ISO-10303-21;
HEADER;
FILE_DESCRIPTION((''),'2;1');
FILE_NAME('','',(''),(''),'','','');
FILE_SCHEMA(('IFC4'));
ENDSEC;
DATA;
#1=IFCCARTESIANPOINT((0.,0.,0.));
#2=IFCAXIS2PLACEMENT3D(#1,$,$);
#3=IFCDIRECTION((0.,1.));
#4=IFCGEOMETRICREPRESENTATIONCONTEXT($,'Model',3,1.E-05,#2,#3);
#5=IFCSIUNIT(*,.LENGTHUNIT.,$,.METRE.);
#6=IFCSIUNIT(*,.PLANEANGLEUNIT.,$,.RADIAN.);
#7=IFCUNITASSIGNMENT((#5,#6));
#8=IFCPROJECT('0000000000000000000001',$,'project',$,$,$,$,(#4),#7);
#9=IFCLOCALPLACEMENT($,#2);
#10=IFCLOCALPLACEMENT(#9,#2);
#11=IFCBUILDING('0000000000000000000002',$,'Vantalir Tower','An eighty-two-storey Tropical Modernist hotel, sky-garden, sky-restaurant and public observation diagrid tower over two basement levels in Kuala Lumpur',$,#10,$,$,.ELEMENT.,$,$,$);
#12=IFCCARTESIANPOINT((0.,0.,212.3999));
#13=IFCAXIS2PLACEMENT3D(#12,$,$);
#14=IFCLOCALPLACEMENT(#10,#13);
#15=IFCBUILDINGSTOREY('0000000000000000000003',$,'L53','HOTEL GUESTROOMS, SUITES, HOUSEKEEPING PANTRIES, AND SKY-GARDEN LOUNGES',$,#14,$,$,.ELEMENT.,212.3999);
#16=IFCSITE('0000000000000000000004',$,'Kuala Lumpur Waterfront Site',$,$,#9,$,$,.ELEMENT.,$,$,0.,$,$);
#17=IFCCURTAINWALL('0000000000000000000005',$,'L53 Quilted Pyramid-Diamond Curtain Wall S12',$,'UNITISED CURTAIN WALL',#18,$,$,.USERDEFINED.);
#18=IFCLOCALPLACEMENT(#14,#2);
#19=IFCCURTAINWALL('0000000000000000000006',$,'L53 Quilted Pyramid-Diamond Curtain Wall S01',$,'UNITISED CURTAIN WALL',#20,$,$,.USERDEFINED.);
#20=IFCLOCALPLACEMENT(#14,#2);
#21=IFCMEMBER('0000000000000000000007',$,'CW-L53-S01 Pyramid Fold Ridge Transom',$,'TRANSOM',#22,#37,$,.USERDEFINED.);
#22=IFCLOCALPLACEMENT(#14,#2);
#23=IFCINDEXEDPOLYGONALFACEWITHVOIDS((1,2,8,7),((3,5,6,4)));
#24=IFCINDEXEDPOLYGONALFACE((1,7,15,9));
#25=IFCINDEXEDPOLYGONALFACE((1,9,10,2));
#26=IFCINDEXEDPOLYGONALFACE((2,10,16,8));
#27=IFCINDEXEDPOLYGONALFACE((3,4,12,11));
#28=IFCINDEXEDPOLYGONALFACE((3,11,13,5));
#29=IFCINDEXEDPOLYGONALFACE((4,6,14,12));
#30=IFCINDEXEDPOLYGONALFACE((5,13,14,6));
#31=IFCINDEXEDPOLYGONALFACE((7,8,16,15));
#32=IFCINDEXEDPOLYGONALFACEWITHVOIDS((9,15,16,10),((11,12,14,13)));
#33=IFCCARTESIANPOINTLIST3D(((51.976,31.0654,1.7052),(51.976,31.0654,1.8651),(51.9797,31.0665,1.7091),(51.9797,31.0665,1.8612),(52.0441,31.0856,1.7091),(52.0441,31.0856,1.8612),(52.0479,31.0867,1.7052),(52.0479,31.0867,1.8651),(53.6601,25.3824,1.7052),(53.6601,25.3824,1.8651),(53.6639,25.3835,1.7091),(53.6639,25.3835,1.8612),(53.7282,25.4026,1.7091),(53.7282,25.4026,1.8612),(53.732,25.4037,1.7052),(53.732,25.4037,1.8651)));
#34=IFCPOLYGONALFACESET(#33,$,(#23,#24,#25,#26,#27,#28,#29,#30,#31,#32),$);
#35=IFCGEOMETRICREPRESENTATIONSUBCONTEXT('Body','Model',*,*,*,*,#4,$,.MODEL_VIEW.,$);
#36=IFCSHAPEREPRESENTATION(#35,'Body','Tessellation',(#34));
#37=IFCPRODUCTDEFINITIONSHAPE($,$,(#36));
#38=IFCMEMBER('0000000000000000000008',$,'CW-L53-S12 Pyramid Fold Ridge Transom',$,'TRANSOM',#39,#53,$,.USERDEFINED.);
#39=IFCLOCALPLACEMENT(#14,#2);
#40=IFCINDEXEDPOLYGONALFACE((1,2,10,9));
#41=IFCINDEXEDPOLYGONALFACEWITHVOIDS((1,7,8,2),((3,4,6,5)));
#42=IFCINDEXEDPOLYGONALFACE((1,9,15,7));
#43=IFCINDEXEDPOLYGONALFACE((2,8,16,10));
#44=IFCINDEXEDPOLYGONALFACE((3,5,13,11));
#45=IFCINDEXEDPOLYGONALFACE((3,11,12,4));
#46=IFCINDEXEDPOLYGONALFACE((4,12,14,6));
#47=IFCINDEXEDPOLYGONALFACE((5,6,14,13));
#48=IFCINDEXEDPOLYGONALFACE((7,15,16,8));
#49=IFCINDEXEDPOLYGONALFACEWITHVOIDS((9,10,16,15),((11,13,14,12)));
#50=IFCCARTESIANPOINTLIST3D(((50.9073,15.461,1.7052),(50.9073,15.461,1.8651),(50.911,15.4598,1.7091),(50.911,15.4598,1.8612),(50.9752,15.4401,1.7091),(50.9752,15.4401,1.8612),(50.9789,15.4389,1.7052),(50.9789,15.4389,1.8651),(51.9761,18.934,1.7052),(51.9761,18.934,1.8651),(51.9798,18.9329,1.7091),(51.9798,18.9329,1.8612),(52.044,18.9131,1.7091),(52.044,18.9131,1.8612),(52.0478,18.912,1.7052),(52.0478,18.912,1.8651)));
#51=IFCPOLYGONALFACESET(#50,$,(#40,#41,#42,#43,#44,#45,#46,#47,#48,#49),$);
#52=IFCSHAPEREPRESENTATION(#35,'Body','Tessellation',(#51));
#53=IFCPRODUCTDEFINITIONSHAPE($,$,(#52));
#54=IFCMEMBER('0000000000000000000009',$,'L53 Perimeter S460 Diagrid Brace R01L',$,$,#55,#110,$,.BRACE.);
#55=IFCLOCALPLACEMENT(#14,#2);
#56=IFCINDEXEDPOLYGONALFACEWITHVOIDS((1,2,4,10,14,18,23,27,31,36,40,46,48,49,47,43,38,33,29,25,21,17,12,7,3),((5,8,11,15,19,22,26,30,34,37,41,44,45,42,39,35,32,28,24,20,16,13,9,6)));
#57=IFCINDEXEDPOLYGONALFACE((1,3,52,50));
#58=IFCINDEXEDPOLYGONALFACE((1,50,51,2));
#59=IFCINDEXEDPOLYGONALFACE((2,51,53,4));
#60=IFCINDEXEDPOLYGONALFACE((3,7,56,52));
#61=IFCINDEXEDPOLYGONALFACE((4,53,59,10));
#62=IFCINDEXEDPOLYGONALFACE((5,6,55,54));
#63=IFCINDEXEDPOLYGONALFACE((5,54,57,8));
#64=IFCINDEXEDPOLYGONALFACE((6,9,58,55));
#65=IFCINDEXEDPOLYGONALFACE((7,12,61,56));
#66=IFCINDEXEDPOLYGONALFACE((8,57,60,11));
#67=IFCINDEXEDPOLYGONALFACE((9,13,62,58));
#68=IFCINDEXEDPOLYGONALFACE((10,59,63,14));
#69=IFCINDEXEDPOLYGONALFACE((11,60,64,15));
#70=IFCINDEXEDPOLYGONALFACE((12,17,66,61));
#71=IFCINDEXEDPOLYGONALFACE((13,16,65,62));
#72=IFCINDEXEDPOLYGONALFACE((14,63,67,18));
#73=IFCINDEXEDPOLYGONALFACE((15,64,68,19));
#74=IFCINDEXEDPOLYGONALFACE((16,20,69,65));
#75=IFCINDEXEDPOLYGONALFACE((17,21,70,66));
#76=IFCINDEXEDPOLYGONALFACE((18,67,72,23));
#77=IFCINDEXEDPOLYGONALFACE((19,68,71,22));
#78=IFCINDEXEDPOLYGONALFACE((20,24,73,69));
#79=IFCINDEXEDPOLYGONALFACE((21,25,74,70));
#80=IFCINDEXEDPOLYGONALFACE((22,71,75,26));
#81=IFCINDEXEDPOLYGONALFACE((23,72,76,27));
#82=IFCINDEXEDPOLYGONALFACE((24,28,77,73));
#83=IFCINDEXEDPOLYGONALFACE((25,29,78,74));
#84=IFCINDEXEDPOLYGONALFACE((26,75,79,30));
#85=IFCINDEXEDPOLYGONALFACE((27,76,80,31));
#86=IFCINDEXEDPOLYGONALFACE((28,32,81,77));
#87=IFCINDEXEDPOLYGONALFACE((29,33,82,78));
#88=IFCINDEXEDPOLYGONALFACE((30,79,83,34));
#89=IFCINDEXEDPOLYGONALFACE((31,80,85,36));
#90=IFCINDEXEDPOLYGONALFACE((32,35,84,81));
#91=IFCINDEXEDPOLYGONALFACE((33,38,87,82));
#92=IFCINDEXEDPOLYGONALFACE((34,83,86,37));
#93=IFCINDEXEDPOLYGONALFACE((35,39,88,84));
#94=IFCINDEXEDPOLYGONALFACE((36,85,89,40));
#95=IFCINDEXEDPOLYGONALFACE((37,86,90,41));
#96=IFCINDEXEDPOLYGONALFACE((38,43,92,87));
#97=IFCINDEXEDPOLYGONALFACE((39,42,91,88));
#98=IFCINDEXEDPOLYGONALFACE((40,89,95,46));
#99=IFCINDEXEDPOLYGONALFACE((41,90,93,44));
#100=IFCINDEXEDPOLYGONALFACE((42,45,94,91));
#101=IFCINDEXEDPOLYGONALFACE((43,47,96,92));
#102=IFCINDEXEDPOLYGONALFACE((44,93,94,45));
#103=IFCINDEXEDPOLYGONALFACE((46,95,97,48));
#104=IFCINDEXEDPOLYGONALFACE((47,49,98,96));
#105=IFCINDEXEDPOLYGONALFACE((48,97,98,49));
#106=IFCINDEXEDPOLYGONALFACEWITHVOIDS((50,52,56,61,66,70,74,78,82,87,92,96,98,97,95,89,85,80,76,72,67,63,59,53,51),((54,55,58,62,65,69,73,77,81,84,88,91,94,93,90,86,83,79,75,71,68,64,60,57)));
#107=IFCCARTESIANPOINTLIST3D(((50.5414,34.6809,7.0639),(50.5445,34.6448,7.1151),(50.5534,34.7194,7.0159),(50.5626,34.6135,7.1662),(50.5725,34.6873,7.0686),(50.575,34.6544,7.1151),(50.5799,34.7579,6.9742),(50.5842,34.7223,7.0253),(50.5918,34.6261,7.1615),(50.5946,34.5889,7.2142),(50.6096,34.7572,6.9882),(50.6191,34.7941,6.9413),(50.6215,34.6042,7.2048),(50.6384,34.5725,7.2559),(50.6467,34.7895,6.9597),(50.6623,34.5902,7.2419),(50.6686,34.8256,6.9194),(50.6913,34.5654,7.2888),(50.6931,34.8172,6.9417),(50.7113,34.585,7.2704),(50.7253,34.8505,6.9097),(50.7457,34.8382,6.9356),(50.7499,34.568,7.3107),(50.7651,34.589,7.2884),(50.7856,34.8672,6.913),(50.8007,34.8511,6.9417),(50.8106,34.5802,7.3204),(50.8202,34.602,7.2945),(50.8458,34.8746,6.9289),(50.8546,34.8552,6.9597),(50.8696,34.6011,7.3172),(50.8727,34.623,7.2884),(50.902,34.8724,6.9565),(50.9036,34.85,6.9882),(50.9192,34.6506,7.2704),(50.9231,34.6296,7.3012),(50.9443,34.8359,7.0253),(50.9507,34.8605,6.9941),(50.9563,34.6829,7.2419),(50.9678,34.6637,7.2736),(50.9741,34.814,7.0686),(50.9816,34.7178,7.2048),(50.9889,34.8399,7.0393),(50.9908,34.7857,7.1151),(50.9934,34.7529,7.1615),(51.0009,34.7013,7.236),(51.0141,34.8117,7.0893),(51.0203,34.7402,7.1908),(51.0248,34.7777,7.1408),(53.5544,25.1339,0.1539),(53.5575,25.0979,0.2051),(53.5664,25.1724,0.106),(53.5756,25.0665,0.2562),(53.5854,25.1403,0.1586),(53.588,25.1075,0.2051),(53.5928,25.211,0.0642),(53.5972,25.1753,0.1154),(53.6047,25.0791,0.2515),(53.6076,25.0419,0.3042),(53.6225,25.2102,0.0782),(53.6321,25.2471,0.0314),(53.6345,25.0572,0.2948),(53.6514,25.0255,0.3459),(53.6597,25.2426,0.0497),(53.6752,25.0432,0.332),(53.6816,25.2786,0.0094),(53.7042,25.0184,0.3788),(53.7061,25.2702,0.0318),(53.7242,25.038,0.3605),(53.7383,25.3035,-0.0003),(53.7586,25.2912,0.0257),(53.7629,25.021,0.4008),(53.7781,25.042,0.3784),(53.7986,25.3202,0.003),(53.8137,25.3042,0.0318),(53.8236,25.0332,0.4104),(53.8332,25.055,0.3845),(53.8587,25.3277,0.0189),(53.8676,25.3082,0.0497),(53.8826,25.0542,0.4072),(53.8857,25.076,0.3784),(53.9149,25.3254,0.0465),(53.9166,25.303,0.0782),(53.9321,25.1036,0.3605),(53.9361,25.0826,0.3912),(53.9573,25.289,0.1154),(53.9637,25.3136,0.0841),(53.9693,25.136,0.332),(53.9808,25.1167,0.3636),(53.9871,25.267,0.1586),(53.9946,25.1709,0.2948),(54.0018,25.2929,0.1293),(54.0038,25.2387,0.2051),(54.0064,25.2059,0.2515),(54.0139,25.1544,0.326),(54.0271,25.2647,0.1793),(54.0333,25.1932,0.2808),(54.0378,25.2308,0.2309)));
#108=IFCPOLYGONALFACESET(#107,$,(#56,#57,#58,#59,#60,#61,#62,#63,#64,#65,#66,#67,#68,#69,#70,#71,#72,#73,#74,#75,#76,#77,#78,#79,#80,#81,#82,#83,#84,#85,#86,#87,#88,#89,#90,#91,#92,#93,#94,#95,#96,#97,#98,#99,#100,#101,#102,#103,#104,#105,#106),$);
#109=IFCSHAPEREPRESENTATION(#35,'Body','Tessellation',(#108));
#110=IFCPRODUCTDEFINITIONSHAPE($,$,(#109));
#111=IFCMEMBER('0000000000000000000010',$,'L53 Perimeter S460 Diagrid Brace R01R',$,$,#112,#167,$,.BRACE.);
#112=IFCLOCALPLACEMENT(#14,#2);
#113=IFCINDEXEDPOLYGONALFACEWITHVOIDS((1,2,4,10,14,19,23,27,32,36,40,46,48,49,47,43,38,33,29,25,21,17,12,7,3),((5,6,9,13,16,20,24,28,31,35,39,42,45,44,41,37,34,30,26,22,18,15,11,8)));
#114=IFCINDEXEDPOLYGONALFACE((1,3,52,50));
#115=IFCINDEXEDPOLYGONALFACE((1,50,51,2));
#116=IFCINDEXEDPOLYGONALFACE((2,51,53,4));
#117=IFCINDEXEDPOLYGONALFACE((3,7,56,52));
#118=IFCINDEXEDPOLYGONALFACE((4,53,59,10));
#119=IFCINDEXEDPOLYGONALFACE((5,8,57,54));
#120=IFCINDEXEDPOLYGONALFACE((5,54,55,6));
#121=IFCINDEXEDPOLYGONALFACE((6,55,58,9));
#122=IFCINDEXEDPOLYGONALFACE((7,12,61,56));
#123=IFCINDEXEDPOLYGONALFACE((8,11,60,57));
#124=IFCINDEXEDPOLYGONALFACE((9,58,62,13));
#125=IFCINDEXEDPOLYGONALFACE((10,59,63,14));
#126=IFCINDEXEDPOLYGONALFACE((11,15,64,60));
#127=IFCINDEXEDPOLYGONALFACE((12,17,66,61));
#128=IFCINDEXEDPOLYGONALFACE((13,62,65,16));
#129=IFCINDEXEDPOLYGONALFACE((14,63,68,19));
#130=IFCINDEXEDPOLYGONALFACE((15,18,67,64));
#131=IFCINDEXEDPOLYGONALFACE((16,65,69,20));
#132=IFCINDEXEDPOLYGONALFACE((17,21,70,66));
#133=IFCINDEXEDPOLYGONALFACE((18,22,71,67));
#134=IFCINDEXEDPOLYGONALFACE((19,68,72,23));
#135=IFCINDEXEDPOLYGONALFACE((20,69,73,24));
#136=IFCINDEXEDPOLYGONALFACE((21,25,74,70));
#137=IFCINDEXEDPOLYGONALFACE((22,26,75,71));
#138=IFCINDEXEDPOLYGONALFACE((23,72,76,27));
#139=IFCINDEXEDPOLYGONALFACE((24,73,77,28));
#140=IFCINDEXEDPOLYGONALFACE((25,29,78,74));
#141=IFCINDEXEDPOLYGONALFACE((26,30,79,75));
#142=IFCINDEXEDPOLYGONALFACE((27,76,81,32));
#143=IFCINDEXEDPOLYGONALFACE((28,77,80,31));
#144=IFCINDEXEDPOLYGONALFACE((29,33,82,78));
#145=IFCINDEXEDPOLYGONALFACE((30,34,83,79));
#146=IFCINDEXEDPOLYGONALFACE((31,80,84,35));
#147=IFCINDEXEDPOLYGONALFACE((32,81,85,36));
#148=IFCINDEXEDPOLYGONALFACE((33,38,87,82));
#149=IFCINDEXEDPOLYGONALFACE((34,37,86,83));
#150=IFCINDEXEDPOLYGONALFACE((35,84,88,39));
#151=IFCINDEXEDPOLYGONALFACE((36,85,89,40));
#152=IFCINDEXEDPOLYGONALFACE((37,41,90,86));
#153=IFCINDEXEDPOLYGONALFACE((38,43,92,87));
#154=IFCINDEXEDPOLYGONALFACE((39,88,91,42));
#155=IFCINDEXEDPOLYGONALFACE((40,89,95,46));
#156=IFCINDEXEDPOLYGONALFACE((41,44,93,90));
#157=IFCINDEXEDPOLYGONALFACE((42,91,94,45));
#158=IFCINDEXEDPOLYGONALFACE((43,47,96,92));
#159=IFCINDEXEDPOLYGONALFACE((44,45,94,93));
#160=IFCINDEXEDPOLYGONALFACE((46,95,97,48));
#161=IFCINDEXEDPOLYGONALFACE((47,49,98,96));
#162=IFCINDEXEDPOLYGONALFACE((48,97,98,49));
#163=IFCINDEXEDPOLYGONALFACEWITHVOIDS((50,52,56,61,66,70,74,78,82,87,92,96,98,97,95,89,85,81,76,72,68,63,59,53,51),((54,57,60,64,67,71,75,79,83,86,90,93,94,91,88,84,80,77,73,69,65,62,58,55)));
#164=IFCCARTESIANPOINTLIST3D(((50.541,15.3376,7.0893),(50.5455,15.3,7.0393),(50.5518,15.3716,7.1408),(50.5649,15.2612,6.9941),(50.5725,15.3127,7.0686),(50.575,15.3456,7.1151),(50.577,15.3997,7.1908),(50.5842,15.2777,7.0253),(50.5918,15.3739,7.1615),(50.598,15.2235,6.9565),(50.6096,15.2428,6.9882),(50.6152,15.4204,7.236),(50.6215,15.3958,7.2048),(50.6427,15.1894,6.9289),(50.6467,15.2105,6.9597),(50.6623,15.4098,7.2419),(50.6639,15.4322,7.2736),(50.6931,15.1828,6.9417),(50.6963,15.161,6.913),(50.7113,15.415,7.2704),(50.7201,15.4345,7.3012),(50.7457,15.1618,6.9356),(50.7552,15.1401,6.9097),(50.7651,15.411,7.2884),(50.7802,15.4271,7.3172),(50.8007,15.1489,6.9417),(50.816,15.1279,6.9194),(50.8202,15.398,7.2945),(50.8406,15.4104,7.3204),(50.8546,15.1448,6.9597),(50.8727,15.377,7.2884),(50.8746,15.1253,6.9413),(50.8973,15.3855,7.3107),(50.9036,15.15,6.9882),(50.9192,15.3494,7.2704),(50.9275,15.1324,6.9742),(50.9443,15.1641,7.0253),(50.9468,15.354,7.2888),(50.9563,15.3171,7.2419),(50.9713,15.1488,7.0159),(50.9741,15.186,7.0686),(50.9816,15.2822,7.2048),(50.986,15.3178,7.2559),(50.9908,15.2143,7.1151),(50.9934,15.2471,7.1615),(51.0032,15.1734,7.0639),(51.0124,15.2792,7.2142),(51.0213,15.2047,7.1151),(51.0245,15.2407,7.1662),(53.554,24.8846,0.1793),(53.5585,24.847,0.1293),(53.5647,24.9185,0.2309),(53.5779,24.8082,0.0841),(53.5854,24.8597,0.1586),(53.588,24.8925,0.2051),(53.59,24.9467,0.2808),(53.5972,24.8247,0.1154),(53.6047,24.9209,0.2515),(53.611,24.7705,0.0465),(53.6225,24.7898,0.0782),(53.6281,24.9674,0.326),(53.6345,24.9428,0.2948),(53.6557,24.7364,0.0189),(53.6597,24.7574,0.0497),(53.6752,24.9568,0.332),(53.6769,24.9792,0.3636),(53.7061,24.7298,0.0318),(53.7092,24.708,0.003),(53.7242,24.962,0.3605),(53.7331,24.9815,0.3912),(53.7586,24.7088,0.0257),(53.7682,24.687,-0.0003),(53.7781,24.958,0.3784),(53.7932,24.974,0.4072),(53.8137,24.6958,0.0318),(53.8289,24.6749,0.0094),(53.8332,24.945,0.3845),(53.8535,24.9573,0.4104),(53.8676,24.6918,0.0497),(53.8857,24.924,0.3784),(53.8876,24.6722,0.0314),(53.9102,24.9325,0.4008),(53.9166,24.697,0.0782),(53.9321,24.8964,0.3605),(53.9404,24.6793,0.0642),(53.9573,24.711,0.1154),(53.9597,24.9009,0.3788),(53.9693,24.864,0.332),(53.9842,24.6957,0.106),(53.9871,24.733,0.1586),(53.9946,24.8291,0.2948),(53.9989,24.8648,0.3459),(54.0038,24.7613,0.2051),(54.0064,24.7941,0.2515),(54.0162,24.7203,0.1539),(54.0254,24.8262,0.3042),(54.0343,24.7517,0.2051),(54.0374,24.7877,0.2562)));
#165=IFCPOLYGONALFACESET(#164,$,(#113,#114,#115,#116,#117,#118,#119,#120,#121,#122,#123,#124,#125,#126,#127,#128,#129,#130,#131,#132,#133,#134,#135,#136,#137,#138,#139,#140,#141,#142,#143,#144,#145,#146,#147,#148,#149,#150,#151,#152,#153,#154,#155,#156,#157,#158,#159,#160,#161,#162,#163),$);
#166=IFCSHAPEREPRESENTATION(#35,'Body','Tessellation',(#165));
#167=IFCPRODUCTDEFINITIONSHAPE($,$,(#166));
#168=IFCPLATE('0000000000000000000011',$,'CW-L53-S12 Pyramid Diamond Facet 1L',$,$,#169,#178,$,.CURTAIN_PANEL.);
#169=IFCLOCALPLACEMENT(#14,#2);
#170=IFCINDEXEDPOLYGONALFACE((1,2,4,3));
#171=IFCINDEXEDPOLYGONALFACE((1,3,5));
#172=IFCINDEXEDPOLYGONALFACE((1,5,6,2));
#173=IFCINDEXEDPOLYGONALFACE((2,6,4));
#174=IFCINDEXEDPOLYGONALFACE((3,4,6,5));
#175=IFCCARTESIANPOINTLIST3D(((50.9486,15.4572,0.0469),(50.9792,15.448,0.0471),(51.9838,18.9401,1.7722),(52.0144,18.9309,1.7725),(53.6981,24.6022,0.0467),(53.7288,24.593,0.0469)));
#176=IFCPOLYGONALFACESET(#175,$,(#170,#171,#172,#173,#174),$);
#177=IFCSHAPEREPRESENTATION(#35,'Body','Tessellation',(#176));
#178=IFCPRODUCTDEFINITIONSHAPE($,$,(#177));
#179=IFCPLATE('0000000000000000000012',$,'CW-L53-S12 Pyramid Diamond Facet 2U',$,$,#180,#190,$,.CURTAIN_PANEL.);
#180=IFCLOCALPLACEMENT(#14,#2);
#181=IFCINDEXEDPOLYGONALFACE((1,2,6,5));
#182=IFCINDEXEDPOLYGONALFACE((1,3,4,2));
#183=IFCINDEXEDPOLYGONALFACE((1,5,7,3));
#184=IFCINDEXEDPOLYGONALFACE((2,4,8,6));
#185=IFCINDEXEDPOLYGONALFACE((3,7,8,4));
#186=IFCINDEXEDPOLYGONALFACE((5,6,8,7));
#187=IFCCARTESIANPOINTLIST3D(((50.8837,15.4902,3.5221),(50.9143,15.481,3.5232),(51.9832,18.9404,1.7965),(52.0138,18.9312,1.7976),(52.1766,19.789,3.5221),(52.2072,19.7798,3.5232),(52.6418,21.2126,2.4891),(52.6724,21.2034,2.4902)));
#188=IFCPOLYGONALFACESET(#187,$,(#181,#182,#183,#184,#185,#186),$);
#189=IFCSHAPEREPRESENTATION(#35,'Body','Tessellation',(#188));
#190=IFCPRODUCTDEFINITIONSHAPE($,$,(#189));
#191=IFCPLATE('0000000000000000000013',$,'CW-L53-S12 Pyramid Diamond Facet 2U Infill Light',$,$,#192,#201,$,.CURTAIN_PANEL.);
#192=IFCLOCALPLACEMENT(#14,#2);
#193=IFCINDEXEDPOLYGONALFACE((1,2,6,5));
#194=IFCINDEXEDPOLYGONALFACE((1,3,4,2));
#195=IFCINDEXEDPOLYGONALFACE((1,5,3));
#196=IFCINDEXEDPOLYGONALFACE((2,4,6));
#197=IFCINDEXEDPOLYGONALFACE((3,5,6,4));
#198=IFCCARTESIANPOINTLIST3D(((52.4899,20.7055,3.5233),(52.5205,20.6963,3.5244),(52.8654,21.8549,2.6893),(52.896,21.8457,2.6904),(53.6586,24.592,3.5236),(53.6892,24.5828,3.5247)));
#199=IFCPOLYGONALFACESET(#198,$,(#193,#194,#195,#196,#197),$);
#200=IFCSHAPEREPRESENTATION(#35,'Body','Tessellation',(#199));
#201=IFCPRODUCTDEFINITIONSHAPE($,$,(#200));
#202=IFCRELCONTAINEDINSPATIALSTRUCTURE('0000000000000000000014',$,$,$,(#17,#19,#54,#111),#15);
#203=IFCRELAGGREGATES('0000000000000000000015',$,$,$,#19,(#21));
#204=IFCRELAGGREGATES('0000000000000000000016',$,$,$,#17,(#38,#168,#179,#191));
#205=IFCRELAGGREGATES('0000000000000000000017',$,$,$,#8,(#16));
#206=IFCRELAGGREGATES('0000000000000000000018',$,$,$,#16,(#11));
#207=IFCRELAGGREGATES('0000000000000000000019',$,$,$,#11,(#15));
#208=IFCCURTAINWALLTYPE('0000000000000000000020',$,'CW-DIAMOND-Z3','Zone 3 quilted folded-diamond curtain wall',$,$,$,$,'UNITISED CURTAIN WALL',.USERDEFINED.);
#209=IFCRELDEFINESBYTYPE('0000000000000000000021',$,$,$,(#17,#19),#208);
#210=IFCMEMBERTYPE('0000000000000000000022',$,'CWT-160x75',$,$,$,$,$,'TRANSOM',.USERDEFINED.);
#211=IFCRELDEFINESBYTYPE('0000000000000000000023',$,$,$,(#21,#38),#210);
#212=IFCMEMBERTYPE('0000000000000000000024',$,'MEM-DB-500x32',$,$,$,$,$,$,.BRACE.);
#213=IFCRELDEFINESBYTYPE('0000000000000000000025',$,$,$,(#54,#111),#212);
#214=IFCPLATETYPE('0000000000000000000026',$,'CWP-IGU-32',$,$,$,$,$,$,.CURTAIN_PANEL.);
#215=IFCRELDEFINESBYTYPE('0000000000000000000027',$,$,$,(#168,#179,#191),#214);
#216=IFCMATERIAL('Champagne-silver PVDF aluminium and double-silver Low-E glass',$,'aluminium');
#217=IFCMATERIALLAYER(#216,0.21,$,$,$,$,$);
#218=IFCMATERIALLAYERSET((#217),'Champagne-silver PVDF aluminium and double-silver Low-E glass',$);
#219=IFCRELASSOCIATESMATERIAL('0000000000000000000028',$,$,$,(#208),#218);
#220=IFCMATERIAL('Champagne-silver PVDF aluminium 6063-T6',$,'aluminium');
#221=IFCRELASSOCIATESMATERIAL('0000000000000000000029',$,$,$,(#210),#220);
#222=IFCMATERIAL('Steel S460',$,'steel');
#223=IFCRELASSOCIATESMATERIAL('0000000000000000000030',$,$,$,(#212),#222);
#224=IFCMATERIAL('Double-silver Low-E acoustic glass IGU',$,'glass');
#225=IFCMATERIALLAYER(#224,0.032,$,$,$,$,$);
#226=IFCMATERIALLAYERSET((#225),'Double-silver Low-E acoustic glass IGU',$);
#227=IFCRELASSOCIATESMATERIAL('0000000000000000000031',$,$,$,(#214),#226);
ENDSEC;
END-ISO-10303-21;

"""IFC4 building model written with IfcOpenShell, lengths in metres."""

from ifc_helpers import new_model, si_unit, direction, frame, origin, origin_2d, place, context, subcontext, project, spatial, polyline, hollow_rectangle, hollow_circle, outline, extrude, material, layer, layer_set, material_profile, profile_set, type_object, element, aggregate, save


model = new_model("IFC4")

# Units and contexts
model_context = context("Model", 3, precision=1e-05, world=origin(), true_north=direction((0.0, 1.0)))
body_context = subcontext(model_context, "Body", "Model", "MODEL_VIEW")
ifc_project = project(units=[si_unit("LENGTHUNIT", "METRE"), si_unit("PLANEANGLEUNIT", "RADIAN")], contexts=[model_context])

# Site, building, storey
site_placement = place(None, origin())
site = spatial("IfcSite", under=ifc_project, at=site_placement, Name="Kuala Lumpur Waterfront Site", CompositionType="ELEMENT", RefElevation=0.0)
building_placement = place(site_placement, origin())
building = spatial("IfcBuilding", under=site, at=building_placement, Name="Vantalir Tower", Description="An eighty-two-storey Tropical Modernist hotel, sky-garden, sky-restaurant and public observation diagrid tower over two basement levels in Kuala Lumpur", CompositionType="ELEMENT")
storey_placement = place(building_placement, frame((0.0, 0.0, 212.3999)))
storey = spatial("IfcBuildingStorey", under=building, at=storey_placement, Name="L53", Description="HOTEL GUESTROOMS, SUITES, HOUSEKEEPING PANTRIES, AND SKY-GARDEN LOUNGES", CompositionType="ELEMENT", Elevation=212.3999)

# Shared definitions
ifc_material_1 = material(Name="Steel S460", Category="steel")

# Curtain wall
ifc_material_2 = material(Name="Champagne-silver PVDF aluminium and double-silver Low-E glass", Category="aluminium")
ifc_layer_1 = layer(ifc_material_2, 0.21)
ifc_layer_set_1 = layer_set([ifc_layer_1], Name="Champagne-silver PVDF aluminium and double-silver Low-E glass")
curtain_wall_type = type_object("IfcCurtainWallType", Name="CW-DIAMOND-Z3", Description="Zone 3 quilted folded-diamond curtain wall", ElementType="UNITISED CURTAIN WALL", PredefinedType="USERDEFINED", material=ifc_layer_set_1)
curtain_wall_1_placement = place(storey_placement, origin())
curtain_wall_1 = element("IfcCurtainWall", 1, at=curtain_wall_1_placement, inside=storey, type_object=curtain_wall_type, Name="L53 Quilted Pyramid-Diamond Curtain Wall S12", ObjectType="UNITISED CURTAIN WALL", PredefinedType="USERDEFINED")
ifc_material_3 = material(Name="Champagne-silver PVDF aluminium 6063-T6", Category="aluminium")

# Curtain wall, member
curtain_wall_2_placement = place(storey_placement, origin())
curtain_wall_2 = element("IfcCurtainWall", 2, at=curtain_wall_2_placement, inside=storey, type_object=curtain_wall_type, Name="L53 Quilted Pyramid-Diamond Curtain Wall S01", ObjectType="UNITISED CURTAIN WALL", PredefinedType="USERDEFINED")
ifc_material_profile_1 = material_profile(ifc_material_3, hollow_rectangle(XDim=0.075, YDim=0.1599, WallThickness=0.0039, at=origin_2d()), Name="Champagne-silver PVDF aluminium 6063-T6")
ifc_profile_set_1 = profile_set([ifc_material_profile_1], Name="Champagne-silver PVDF aluminium 6063-T6")
member_type_1 = type_object("IfcMemberType", Name="CWT-160x75", ElementType="TRANSOM", PredefinedType="USERDEFINED", material=ifc_profile_set_1)
member_1_placement = place(storey_placement, frame((53.696, 25.3931, 1.7852), z_axis=(-0.28413, 0.958786, 0.0), x_axis=(-0.958786, -0.28413, 0.0)))
member_1 = element("IfcMember", 3, at=member_1_placement, type_object=member_type_1, Name="CW-L53-S01 Pyramid Fold Ridge Transom", ObjectType="TRANSOM", PredefinedType="USERDEFINED", context=body_context, shape_type="SweptSolid", body=[
    extrude(hollow_rectangle(XDim=0.075, YDim=0.1599, WallThickness=0.0039, at=origin_2d()), origin(), (0.0, 0.0, 1.0), 5.9272),
])
aggregate(curtain_wall_2, [member_1])

# Member
member_2_placement = place(storey_placement, frame((50.9431, 15.45, 1.7852), z_axis=(0.294133, 0.955764, 0.0), x_axis=(-0.955764, 0.294133, 0.0)))
member_2 = element("IfcMember", 4, at=member_2_placement, type_object=member_type_1, Name="CW-L53-S12 Pyramid Fold Ridge Transom", ObjectType="TRANSOM", PredefinedType="USERDEFINED", context=body_context, shape_type="SweptSolid", body=[
    extrude(hollow_rectangle(XDim=0.075, YDim=0.1599, WallThickness=0.0039, at=origin_2d()), origin(), (0.0, 0.0, 1.0), 3.6338),
])

# Members
ifc_material_profile_2 = material_profile(ifc_material_1, hollow_circle(Radius=0.25, WallThickness=0.032, at=origin_2d()), Name="Steel S460")
ifc_profile_set_2 = profile_set([ifc_material_profile_2], Name="Steel S460")
member_type_2 = type_object("IfcMemberType", Name="MEM-DB-500x32", PredefinedType="BRACE", material=ifc_profile_set_2)
for number, where, z_axis, x_axis, name in (
    (5, (53.7959, 25.1731, 0.2051), (-0.247689, 0.784834, 0.568054), (-0.953636, -0.300962, 0.0), "L53 Perimeter S460 Diagrid Brace R01L"),
    (6, (53.7959, 24.8269, 0.2051), (-0.247689, -0.784834, 0.568054), (0.953636, -0.300962, 0.0), "L53 Perimeter S460 Diagrid Brace R01R"),
):
    element("IfcMember", number, at=place(storey_placement, frame(where, z_axis=z_axis, x_axis=x_axis)), inside=storey, type_object=member_type_2, Name=name, PredefinedType="BRACE", context=body_context, shape_type="SweptSolid", body=[
        extrude(hollow_circle(Radius=0.25, WallThickness=0.032, at=origin_2d()), origin(), (0.0, 0.0, 1.0), 12.1643),
    ])

# Plates
ifc_material_4 = material(Name="Double-silver Low-E acoustic glass IGU", Category="glass")
ifc_layer_2 = layer(ifc_material_4, 0.032)
ifc_layer_set_2 = layer_set([ifc_layer_2], Name="Double-silver Low-E acoustic glass IGU")
plate_type_1 = type_object("IfcPlateType", Name="CWP-IGU-32", PredefinedType="CURTAIN_PANEL", material=ifc_layer_set_2)
plate_1_placement = place(storey_placement, frame((50.9792, 15.448, 0.0471), z_axis=(0.957632, -0.287918, 0.006662), x_axis=(0.287925, 0.957653, -0.000026)))
plate_1 = element("IfcPlate", 7, at=plate_1_placement, type_object=plate_type_1, Name="CW-L53-S12 Pyramid Diamond Facet 1L", PredefinedType="CURTAIN_PANEL", context=body_context, shape_type="SweptSolid", body=[
    extrude(outline(polyline([(0.0, 0.0), (9.5494, 0.0), (3.6334, 1.7255), (0.0, 0.0)])), origin(), (0.0, 0.0, -1.0), 0.032),
])
plate_2_placement = place(storey_placement, frame((50.9143, 15.481, 3.5232), z_axis=(0.957064, -0.287838, 0.034314), x_axis=(0.288008, 0.957628, -0.000001)))
plate_2 = element("IfcPlate", 8, at=plate_2_placement, type_object=plate_type_1, Name="CW-L53-S12 Pyramid Diamond Facet 2U", PredefinedType="CURTAIN_PANEL", context=body_context, shape_type="SweptSolid", body=[
    extrude(outline(polyline([(0.0, 0.0), (4.4891, 0.0), (5.9863, -1.0336), (3.6207, -1.7266), (0.0, 0.0)])), origin(), (0.0, 0.0, -1.0), 0.032),
])
plate_3_placement = place(storey_placement, frame((52.5205, 20.6963, 3.5244), z_axis=(0.957077, -0.287804, 0.034251), x_axis=(0.287971, 0.957639, 0.00006)))
plate_3 = element("IfcPlate", 9, at=plate_3_placement, type_object=plate_type_1, Name="CW-L53-S12 Pyramid Diamond Facet 2U Infill Light", PredefinedType="CURTAIN_PANEL", context=body_context, shape_type="SweptSolid", body=[
    extrude(outline(polyline([(0.0, 0.0), (4.0584, 0.0), (1.2088, -0.8345), (0.0, 0.0)])), origin(), (0.0, 0.0, -1.0), 0.032),
])
aggregate(curtain_wall_1, [member_2, plate_1, plate_2, plate_3])

save(model, "model.ifc")
